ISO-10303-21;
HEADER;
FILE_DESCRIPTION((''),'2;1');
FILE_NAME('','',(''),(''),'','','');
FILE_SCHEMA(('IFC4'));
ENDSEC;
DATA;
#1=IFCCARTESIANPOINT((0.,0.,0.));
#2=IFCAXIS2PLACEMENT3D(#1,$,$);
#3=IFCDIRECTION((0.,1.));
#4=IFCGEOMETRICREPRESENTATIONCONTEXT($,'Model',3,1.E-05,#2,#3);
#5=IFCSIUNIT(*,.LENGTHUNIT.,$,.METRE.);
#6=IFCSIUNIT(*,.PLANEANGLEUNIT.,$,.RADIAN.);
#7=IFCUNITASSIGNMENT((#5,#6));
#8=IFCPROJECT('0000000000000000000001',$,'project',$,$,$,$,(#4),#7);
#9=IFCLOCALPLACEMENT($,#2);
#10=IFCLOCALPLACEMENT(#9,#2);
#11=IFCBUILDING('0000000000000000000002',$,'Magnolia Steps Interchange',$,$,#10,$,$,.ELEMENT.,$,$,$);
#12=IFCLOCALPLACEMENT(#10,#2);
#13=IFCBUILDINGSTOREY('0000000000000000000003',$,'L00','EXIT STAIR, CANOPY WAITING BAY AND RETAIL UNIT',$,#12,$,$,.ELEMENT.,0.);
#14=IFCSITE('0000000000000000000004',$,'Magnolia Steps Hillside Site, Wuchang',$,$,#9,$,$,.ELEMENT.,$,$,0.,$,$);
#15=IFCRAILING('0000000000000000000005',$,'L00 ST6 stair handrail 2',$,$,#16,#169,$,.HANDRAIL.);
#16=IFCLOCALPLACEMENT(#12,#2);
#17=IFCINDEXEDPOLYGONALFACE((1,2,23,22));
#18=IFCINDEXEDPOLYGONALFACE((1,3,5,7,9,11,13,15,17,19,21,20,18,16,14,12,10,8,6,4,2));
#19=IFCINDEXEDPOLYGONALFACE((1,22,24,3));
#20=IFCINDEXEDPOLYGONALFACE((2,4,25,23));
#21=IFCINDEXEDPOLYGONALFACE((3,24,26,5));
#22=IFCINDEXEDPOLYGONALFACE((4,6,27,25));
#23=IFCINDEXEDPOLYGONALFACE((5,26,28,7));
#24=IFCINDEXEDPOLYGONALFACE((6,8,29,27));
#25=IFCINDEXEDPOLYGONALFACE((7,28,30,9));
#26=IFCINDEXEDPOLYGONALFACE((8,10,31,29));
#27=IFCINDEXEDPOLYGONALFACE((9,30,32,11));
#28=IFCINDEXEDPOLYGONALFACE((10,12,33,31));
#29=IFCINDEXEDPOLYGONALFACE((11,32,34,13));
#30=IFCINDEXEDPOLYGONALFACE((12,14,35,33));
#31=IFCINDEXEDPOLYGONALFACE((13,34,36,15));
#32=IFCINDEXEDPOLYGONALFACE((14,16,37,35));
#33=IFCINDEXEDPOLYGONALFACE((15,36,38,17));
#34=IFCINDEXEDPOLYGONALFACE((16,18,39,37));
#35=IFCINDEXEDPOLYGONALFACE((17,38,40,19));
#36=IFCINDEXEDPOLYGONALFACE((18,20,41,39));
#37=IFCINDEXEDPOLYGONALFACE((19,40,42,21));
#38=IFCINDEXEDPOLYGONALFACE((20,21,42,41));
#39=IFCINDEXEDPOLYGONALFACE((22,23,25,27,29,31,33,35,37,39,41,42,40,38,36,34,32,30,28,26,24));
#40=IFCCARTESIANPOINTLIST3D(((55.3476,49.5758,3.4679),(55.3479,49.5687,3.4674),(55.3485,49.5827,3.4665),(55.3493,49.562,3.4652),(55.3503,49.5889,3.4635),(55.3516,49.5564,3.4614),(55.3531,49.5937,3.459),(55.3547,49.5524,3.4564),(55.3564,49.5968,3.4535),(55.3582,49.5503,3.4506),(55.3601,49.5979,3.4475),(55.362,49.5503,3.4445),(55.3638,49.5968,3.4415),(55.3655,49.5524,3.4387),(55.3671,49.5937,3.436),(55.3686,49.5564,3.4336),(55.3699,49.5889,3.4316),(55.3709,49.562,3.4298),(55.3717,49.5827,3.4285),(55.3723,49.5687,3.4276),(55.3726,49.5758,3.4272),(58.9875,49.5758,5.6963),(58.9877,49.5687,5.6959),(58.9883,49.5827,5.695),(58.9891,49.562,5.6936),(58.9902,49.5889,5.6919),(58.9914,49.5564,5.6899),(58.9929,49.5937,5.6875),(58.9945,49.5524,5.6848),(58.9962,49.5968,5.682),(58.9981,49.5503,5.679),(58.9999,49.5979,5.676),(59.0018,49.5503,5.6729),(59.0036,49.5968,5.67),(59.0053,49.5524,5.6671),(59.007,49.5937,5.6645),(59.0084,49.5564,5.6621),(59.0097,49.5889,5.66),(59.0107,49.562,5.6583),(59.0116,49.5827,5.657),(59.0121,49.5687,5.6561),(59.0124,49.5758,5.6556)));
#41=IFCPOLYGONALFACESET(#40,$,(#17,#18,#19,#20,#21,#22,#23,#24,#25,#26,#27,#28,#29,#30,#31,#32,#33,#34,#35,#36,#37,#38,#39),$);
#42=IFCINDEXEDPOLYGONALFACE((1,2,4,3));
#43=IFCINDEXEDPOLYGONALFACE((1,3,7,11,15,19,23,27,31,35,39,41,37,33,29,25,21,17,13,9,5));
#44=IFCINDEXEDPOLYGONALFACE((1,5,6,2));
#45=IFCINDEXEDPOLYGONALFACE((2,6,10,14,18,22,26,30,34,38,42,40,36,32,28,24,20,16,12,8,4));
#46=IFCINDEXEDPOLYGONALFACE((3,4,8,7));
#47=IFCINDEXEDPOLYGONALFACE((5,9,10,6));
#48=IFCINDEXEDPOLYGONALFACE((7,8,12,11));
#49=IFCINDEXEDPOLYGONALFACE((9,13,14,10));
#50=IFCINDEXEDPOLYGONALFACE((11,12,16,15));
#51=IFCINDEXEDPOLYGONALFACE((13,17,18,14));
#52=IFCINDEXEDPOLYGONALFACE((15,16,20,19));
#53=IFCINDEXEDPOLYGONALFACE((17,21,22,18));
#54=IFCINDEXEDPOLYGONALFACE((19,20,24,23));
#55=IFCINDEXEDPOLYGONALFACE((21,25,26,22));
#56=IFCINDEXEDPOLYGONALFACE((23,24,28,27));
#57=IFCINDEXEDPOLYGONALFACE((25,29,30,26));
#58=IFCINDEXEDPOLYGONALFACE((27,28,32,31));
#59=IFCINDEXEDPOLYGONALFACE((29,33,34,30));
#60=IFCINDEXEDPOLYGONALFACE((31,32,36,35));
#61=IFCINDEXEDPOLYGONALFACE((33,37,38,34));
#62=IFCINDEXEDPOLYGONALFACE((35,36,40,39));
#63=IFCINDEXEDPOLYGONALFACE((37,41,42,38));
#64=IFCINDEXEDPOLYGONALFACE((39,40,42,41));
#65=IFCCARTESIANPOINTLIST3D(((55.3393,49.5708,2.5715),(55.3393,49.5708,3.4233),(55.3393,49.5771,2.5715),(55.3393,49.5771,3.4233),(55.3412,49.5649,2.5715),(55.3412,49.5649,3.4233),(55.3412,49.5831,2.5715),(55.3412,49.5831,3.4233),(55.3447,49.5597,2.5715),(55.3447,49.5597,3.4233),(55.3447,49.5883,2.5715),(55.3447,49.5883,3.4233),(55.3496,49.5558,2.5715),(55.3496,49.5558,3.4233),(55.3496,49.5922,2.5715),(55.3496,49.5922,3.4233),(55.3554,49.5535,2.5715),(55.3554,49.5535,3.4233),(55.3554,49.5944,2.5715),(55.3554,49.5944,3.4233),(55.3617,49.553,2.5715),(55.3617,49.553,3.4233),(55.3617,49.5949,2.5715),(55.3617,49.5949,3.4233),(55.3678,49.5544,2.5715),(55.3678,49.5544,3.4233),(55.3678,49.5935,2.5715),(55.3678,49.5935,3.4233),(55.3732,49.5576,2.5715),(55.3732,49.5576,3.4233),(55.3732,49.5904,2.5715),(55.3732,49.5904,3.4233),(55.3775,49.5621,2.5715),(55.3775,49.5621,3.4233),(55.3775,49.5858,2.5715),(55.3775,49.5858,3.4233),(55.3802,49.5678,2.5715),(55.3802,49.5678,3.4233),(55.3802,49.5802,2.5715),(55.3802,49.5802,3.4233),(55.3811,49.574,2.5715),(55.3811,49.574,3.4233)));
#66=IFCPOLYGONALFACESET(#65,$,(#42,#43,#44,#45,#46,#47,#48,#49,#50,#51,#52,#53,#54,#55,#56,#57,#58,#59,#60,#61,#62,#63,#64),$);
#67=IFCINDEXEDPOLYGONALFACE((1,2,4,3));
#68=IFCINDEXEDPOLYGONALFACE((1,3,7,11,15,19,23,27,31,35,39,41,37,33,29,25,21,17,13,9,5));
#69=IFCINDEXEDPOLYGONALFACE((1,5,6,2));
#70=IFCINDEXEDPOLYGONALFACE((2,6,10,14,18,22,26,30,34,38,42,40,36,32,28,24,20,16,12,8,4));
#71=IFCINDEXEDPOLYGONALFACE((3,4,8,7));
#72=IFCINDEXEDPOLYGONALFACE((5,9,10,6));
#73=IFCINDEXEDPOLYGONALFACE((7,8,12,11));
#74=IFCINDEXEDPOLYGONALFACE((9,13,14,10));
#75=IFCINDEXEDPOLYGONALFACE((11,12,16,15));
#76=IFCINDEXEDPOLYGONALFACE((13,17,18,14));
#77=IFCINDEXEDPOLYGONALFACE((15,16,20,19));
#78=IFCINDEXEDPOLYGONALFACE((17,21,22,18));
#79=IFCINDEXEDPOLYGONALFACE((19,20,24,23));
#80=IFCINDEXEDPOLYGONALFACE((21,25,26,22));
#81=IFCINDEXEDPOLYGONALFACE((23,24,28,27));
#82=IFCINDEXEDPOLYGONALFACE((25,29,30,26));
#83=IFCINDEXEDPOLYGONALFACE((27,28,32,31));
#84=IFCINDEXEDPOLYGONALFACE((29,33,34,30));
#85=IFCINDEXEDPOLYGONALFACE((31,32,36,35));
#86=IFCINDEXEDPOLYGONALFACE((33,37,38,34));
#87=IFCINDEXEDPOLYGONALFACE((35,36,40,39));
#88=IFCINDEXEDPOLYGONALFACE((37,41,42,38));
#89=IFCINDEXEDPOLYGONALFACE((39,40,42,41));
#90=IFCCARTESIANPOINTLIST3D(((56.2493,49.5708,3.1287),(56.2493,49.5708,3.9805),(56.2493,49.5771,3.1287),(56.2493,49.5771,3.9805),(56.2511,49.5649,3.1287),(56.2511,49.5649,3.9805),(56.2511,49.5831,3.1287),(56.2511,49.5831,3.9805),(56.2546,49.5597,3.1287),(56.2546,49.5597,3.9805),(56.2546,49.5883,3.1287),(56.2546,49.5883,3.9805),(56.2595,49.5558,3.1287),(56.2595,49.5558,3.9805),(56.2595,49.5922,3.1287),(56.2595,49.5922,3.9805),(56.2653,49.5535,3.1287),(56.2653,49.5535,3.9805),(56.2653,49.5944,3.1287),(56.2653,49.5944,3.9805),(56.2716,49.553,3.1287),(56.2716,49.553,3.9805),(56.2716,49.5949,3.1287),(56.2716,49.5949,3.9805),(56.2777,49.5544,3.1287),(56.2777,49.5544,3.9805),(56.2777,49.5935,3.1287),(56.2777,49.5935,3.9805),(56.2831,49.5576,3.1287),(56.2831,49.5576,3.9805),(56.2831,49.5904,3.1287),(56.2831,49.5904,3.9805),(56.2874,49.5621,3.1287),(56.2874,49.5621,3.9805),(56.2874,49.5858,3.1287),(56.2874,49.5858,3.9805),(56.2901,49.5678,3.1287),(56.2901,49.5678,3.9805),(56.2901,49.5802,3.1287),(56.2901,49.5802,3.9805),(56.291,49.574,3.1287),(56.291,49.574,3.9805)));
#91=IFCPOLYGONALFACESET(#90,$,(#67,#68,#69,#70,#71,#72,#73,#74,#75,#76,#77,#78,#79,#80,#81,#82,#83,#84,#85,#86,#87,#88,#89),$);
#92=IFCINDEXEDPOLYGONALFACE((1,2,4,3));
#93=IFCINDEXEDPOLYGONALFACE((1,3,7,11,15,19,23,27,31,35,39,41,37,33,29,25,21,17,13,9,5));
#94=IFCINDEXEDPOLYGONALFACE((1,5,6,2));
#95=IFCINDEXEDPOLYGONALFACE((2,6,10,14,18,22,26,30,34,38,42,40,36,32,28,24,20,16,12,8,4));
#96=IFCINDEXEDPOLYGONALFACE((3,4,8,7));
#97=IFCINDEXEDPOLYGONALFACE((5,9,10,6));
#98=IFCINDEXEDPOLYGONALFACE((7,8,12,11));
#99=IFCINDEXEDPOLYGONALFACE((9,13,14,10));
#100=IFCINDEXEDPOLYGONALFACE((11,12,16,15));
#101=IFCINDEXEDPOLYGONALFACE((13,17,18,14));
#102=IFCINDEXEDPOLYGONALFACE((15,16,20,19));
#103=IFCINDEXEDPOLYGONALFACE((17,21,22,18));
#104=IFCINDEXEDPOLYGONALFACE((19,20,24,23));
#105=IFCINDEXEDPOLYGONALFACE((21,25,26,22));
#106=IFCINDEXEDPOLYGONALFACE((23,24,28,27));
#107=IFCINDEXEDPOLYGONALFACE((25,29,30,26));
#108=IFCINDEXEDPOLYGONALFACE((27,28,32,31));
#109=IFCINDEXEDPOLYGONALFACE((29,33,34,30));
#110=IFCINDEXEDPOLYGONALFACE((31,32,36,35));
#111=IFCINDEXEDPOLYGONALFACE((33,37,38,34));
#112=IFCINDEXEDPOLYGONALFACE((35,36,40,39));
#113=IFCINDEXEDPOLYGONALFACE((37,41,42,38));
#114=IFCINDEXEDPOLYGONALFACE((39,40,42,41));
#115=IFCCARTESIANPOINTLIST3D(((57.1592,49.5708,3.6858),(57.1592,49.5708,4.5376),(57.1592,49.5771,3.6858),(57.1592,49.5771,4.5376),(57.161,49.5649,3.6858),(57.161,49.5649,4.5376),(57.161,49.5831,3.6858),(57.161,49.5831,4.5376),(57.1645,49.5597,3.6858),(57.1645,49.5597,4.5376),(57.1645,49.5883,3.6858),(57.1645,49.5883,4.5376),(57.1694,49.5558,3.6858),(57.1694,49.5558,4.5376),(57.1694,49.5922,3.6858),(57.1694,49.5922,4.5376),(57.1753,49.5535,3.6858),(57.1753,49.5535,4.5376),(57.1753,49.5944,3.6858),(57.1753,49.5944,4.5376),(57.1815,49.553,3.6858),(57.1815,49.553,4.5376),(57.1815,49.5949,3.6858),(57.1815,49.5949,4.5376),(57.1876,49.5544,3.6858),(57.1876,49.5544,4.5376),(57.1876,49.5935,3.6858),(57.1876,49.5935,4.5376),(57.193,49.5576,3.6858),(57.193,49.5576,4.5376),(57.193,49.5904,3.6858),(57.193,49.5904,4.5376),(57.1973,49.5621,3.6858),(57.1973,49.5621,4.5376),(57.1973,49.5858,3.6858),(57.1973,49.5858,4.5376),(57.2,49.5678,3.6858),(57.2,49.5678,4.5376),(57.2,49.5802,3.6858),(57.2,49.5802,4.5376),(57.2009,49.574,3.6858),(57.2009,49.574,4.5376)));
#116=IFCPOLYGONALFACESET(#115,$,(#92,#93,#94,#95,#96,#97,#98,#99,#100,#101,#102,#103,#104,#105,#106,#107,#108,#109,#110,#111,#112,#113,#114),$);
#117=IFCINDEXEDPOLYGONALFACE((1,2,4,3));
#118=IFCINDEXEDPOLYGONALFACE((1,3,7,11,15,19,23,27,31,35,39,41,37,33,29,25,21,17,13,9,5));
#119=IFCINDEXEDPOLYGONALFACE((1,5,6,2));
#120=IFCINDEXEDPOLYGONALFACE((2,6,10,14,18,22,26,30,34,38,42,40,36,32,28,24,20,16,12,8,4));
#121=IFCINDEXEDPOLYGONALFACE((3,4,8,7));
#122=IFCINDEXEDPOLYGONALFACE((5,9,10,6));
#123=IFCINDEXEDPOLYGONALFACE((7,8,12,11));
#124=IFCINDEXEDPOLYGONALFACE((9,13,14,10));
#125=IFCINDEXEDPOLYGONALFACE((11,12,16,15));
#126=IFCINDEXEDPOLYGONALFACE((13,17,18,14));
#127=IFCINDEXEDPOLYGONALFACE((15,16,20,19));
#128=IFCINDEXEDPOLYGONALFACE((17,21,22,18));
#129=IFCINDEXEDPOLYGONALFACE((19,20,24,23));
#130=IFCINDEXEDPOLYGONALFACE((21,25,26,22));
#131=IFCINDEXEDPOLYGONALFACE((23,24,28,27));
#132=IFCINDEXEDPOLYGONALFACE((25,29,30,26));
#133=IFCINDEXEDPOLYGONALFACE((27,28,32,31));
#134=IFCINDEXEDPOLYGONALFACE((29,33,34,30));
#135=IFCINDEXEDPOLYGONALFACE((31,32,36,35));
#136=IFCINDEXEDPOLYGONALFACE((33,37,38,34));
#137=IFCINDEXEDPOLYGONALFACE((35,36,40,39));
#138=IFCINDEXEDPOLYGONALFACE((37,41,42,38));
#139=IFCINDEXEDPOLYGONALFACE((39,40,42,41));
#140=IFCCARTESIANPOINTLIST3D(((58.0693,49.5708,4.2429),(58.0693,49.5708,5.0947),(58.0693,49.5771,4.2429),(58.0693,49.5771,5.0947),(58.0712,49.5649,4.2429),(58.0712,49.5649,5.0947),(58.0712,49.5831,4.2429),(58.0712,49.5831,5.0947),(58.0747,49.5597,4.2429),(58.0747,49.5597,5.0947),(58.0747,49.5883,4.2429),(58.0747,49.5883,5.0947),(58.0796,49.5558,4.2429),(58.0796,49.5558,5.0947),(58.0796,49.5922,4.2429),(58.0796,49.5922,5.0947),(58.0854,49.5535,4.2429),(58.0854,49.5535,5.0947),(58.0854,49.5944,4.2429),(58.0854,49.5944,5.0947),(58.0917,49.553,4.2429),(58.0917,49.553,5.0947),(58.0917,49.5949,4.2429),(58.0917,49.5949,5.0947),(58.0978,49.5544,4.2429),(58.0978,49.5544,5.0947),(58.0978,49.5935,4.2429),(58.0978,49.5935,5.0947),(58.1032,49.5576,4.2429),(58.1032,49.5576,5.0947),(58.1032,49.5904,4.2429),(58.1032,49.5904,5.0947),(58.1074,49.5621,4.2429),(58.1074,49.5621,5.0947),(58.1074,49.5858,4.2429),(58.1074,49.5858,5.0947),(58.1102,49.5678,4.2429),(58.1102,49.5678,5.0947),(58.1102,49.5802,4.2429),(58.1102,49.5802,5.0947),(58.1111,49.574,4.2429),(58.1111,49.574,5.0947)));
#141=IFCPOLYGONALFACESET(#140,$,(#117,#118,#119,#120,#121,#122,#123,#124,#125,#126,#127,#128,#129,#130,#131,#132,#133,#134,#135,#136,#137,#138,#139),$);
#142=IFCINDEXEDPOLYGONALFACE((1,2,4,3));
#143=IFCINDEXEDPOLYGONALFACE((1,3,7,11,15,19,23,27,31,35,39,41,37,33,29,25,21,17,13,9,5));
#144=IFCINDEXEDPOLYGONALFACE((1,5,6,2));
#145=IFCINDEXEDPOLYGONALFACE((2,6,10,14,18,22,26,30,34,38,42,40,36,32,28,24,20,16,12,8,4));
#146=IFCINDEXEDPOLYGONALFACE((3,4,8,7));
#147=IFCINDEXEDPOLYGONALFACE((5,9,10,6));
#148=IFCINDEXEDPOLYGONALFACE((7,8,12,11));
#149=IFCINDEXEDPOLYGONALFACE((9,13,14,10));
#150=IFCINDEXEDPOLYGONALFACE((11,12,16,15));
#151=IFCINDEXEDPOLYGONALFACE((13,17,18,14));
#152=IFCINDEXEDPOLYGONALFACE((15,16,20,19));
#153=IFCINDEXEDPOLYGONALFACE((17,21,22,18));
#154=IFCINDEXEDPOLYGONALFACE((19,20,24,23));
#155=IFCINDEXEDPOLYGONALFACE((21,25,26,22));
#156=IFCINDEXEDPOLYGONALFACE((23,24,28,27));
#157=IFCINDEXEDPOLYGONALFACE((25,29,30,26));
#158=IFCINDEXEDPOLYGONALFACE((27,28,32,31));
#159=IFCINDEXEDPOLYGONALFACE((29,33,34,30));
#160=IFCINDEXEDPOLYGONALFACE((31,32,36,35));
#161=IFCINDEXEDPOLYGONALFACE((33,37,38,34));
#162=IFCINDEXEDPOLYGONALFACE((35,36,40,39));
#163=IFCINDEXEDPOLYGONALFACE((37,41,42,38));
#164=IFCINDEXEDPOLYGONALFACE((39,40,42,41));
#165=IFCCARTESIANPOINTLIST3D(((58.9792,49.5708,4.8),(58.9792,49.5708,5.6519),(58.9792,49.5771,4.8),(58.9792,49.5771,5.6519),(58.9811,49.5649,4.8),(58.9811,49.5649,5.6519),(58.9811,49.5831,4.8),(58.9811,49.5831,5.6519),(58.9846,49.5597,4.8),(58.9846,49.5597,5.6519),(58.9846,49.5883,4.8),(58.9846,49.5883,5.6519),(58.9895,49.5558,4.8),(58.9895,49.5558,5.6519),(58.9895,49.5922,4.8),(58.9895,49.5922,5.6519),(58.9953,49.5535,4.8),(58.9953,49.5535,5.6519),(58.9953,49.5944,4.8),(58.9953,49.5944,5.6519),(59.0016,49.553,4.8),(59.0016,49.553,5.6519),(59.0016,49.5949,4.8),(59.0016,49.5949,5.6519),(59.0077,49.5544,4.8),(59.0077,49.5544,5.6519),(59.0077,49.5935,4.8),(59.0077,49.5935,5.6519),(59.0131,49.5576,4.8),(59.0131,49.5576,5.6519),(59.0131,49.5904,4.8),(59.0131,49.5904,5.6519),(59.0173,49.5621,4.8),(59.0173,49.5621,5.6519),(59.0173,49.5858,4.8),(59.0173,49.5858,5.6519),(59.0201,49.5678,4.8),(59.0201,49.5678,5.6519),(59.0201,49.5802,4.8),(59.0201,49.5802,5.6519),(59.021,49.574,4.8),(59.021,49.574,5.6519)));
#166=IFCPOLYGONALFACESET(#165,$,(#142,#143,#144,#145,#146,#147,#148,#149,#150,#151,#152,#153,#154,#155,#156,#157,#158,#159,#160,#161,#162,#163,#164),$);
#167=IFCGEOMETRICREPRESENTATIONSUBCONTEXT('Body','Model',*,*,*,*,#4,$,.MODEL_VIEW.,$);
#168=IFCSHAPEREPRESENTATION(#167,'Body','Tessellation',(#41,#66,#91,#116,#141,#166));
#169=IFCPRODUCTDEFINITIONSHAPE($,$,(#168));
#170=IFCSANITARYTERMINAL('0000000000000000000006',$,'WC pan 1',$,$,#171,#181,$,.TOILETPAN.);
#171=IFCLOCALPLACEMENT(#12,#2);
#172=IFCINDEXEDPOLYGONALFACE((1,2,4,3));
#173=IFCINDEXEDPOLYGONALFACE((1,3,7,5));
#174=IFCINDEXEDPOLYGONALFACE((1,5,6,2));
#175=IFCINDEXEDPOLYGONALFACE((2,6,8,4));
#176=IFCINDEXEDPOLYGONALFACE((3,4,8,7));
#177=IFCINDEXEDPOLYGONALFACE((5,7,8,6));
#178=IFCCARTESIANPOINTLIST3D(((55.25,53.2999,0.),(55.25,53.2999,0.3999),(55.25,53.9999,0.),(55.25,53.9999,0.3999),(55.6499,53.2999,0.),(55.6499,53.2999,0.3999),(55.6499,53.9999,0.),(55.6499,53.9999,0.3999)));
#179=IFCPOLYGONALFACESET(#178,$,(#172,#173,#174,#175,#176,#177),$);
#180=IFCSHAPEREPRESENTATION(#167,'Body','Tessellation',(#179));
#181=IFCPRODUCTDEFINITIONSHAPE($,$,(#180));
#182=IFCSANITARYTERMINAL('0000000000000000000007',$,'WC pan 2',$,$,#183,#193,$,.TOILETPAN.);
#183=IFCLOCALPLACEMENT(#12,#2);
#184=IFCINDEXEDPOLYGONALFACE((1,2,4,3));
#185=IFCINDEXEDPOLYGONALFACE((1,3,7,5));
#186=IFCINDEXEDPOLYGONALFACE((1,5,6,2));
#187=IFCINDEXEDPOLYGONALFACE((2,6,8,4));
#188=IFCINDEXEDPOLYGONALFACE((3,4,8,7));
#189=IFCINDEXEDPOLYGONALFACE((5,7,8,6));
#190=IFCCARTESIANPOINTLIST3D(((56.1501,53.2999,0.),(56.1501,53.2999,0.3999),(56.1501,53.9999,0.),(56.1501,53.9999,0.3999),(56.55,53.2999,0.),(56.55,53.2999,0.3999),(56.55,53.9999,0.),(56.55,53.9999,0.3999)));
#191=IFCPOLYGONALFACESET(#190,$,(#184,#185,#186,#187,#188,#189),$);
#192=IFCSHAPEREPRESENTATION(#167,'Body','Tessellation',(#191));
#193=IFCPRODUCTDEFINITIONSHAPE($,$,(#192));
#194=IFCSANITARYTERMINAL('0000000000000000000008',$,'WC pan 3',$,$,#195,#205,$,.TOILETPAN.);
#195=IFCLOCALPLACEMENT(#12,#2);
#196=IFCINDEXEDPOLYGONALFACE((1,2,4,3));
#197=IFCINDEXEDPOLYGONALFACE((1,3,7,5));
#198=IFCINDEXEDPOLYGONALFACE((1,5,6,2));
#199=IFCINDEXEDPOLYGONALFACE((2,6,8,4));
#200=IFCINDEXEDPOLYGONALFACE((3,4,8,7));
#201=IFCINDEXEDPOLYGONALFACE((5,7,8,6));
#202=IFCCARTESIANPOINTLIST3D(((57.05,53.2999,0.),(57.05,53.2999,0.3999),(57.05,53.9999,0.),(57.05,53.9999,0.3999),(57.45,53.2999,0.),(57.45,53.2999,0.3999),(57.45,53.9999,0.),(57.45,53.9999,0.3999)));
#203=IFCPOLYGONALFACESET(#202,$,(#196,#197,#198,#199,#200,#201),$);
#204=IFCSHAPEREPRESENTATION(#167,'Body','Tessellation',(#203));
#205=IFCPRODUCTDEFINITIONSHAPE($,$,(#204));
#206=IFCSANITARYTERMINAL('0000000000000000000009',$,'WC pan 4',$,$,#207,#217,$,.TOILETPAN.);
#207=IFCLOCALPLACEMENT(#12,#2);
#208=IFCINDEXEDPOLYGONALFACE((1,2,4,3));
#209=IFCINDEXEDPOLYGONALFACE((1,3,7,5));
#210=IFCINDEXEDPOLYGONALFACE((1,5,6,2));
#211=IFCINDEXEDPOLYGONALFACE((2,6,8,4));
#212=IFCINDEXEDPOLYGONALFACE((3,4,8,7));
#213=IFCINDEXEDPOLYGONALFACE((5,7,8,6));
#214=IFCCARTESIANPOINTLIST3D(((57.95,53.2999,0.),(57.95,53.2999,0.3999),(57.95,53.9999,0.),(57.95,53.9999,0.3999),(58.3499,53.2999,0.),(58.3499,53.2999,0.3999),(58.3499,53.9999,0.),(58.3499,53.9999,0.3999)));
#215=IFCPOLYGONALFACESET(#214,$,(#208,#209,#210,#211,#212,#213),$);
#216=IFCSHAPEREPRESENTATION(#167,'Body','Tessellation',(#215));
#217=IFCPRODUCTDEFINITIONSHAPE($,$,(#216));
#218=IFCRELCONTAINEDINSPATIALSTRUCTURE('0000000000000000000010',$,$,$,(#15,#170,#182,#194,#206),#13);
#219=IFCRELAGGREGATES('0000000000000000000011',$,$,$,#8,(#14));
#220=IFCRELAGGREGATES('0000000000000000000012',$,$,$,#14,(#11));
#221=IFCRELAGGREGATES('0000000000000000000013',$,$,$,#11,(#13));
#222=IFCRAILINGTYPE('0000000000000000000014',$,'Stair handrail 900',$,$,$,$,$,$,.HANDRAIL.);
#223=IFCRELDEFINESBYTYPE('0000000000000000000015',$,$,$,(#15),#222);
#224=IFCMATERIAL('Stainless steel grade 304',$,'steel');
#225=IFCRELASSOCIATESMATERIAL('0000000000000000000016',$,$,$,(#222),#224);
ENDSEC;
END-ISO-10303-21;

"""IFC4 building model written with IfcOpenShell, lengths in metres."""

from ifc_helpers import new_model, si_unit, direction, frame, origin, origin_2d, place, context, subcontext, project, spatial, rectangle, circle, extrude, material, type_object, element, save


model = new_model("IFC4")

# Units and contexts
model_context = context("Model", 3, precision=1e-05, world=origin(), true_north=direction((0.0, 1.0)))
body_context = subcontext(model_context, "Body", "Model", "MODEL_VIEW")
ifc_project = project(units=[si_unit("LENGTHUNIT", "METRE"), si_unit("PLANEANGLEUNIT", "RADIAN")], contexts=[model_context])

# Site, building, storey
site_placement = place(None, origin())
site = spatial("IfcSite", under=ifc_project, at=site_placement, Name="Magnolia Steps Hillside Site, Wuchang", CompositionType="ELEMENT", RefElevation=0.0)
building_placement = place(site_placement, origin())
building = spatial("IfcBuilding", under=site, at=building_placement, Name="Magnolia Steps Interchange", CompositionType="ELEMENT")
storey_placement = place(building_placement, origin())
storey = spatial("IfcBuildingStorey", under=building, at=storey_placement, Name="L00", Description="EXIT STAIR, CANOPY WAITING BAY AND RETAIL UNIT", CompositionType="ELEMENT", Elevation=0.0)

# Railing
ifc_material_1 = material(Name="Stainless steel grade 304", Category="steel")
railing_type_1 = type_object("IfcRailingType", Name="Stair handrail 900", PredefinedType="HANDRAIL", material=ifc_material_1)
for number, where, name in (
    (1, (55.3601, 49.574, 2.5715), "L00 ST6 stair handrail 2"),
):
    element("IfcRailing", number, at=place(storey_placement, frame(where)), inside=storey, type_object=railing_type_1, Name=name, PredefinedType="HANDRAIL", context=body_context, shape_type="SweptSolid", body=[
        extrude(circle(Radius=0.0239, at=origin_2d()), frame((0.0, 0.0, 0.876), z_axis=(0.85285, 0.0, 0.522156), x_axis=(0.0, 1.0, 0.0)), (0.0, 0.0, 1.0), 4.2678),
        extrude(circle(Radius=0.021, at=origin_2d()), origin(), (0.0, 0.0, 1.0), 0.8518),
        extrude(circle(Radius=0.021, at=origin_2d()), frame((0.9099, 0.0, 0.5571)), (0.0, 0.0, 1.0), 0.8518),
        extrude(circle(Radius=0.021, at=origin_2d()), frame((1.8198, 0.0, 1.1143)), (0.0, 0.0, 1.0), 0.8518),
        extrude(circle(Radius=0.021, at=origin_2d()), frame((2.73, 0.0, 1.6714)), (0.0, 0.0, 1.0), 0.8518),
        extrude(circle(Radius=0.021, at=origin_2d()), frame((3.6399, 0.0, 2.2285)), (0.0, 0.0, 1.0), 0.8518),
    ])

# Sanitary terminals
for number, where, z_axis, x_axis, name in (
    (2, (55.45, 53.6499, 0.0), (0.0, 0.0, 1.0), (1.0, 0.0, 0.0), "WC pan 1"),
    (3, (56.3501, 53.6499, 0.0), (0.0, 0.0, 1.0), (1.0, 0.0, 0.0), "WC pan 2"),
    (4, (57.25, 53.6499, 0.0), (0.0, 0.0, 1.0), (1.0, 0.0, 0.0), "WC pan 3"),
    (5, (58.1499, 53.6499, 0.0), (0.0, 0.0, 1.0), (1.0, 0.0, 0.0), "WC pan 4"),
):
    element("IfcSanitaryTerminal", number, at=place(storey_placement, frame(where, z_axis=z_axis, x_axis=x_axis)), inside=storey, Name=name, PredefinedType="TOILETPAN", context=body_context, shape_type="SweptSolid", body=[
        extrude(rectangle(XDim=0.3999, YDim=0.7, at=origin_2d()), origin(), (0.0, 0.0, 1.0), 0.3999),
    ])

save(model, "model.ifc")
